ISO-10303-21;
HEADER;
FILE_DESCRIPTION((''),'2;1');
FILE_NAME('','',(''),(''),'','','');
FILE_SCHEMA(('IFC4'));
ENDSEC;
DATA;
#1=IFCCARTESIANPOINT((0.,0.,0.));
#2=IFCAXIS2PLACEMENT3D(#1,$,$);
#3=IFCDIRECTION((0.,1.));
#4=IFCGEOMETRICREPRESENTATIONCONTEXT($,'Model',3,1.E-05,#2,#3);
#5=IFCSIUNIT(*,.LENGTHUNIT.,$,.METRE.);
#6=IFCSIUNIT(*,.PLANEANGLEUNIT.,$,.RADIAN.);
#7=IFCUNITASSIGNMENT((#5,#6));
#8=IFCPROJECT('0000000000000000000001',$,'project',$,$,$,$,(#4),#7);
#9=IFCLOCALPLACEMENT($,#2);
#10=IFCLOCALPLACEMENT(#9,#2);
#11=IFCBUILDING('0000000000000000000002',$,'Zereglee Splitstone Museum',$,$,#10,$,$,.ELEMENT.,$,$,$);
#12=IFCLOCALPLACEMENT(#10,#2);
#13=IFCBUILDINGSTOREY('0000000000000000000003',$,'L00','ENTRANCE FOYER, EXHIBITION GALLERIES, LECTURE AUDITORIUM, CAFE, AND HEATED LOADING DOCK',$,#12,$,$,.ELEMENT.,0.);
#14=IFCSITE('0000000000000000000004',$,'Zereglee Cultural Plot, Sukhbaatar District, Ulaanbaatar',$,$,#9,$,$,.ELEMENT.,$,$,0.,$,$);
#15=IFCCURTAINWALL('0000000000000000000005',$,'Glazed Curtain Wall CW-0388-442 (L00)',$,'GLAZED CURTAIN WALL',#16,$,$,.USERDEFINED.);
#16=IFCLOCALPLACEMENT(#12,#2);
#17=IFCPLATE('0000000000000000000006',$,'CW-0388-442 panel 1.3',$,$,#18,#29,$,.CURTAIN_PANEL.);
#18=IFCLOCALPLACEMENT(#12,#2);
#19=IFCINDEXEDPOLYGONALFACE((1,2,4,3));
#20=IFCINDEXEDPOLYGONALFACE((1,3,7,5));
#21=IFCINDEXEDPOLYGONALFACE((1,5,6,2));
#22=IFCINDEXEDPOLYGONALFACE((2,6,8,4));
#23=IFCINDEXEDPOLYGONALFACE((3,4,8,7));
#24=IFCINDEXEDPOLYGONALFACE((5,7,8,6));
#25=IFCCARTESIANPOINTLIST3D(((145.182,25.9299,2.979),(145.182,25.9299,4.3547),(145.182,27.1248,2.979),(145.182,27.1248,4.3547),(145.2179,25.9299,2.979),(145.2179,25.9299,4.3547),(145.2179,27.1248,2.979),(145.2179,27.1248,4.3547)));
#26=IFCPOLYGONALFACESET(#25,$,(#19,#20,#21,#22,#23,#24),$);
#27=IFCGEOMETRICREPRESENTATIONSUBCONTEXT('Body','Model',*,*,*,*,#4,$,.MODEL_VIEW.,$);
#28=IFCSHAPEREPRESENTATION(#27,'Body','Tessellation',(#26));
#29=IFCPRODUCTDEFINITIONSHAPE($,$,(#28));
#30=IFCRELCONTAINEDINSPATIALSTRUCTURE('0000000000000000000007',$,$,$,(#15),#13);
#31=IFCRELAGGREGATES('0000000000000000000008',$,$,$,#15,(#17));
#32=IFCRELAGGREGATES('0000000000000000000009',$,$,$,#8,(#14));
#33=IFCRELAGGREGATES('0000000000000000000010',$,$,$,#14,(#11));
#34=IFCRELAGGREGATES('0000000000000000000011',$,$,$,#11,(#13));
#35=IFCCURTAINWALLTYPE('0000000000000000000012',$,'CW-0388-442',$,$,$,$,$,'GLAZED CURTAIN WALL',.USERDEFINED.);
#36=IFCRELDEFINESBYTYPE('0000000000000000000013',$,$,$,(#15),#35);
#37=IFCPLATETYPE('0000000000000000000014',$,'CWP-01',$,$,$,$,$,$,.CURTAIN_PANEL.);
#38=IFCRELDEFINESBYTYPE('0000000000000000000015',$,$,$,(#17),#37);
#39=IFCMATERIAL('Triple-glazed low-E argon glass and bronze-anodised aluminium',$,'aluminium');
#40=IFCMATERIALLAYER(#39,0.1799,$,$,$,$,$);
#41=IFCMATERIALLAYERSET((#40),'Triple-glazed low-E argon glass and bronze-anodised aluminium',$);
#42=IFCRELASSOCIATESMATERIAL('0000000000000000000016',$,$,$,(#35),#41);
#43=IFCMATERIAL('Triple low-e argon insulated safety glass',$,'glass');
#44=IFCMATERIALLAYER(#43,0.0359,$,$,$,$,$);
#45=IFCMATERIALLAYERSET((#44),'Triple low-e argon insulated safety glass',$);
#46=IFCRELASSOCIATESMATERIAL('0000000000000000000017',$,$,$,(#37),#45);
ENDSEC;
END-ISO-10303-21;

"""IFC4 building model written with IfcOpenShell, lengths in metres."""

from ifc_helpers import new_model, si_unit, direction, frame, origin, origin_2d, place, context, subcontext, project, spatial, rectangle, extrude, material, layer, layer_set, type_object, element, aggregate, save


model = new_model("IFC4")

# Units and contexts
model_context = context("Model", 3, precision=1e-05, world=origin(), true_north=direction((0.0, 1.0)))
body_context = subcontext(model_context, "Body", "Model", "MODEL_VIEW")
ifc_project = project(units=[si_unit("LENGTHUNIT", "METRE"), si_unit("PLANEANGLEUNIT", "RADIAN")], contexts=[model_context])

# Site, building, storey
site_placement = place(None, origin())
site = spatial("IfcSite", under=ifc_project, at=site_placement, Name="Zereglee Cultural Plot, Sukhbaatar District, Ulaanbaatar", CompositionType="ELEMENT", RefElevation=0.0)
building_placement = place(site_placement, origin())
building = spatial("IfcBuilding", under=site, at=building_placement, Name="Zereglee Splitstone Museum", CompositionType="ELEMENT")
storey_placement = place(building_placement, origin())
storey = spatial("IfcBuildingStorey", under=building, at=storey_placement, Name="L00", Description="ENTRANCE FOYER, EXHIBITION GALLERIES, LECTURE AUDITORIUM, CAFE, AND HEATED LOADING DOCK", CompositionType="ELEMENT", Elevation=0.0)

# Curtain wall
ifc_material_1 = material(Name="Triple-glazed low-E argon glass and bronze-anodised aluminium", Category="aluminium")
ifc_layer_1 = layer(ifc_material_1, 0.1799)
ifc_layer_set_1 = layer_set([ifc_layer_1], Name="Triple-glazed low-E argon glass and bronze-anodised aluminium")
curtain_wall_type_1 = type_object("IfcCurtainWallType", Name="CW-0388-442", ElementType="GLAZED CURTAIN WALL", PredefinedType="USERDEFINED", material=ifc_layer_set_1)
curtain_wall_1_placement = place(storey_placement, origin())
curtain_wall_1 = element("IfcCurtainWall", 1, at=curtain_wall_1_placement, inside=storey, type_object=curtain_wall_type_1, Name="Glazed Curtain Wall CW-0388-442 (L00)", ObjectType="GLAZED CURTAIN WALL", PredefinedType="USERDEFINED")

# Plate
ifc_material_2 = material(Name="Triple low-e argon insulated safety glass", Category="glass")
ifc_layer_2 = layer(ifc_material_2, 0.0359)
ifc_layer_set_2 = layer_set([ifc_layer_2], Name="Triple low-e argon insulated safety glass")
plate_type = type_object("IfcPlateType", Name="CWP-01", PredefinedType="CURTAIN_PANEL", material=ifc_layer_set_2)
plate_1_placement = place(storey_placement, frame((145.2, 26.5273, 2.979), z_axis=(0.0, 0.0, 1.0), x_axis=(0.0, 1.0, 0.0)))
plate_1 = element("IfcPlate", 2, at=plate_1_placement, type_object=plate_type, Name="CW-0388-442 panel 1.3", PredefinedType="CURTAIN_PANEL", context=body_context, shape_type="SweptSolid", body=[
    extrude(rectangle(XDim=1.1948, YDim=0.0359, at=origin_2d()), origin(), (0.0, 0.0, 1.0), 1.3757),
])
aggregate(curtain_wall_1, [plate_1])

save(model, "model.ifc")
